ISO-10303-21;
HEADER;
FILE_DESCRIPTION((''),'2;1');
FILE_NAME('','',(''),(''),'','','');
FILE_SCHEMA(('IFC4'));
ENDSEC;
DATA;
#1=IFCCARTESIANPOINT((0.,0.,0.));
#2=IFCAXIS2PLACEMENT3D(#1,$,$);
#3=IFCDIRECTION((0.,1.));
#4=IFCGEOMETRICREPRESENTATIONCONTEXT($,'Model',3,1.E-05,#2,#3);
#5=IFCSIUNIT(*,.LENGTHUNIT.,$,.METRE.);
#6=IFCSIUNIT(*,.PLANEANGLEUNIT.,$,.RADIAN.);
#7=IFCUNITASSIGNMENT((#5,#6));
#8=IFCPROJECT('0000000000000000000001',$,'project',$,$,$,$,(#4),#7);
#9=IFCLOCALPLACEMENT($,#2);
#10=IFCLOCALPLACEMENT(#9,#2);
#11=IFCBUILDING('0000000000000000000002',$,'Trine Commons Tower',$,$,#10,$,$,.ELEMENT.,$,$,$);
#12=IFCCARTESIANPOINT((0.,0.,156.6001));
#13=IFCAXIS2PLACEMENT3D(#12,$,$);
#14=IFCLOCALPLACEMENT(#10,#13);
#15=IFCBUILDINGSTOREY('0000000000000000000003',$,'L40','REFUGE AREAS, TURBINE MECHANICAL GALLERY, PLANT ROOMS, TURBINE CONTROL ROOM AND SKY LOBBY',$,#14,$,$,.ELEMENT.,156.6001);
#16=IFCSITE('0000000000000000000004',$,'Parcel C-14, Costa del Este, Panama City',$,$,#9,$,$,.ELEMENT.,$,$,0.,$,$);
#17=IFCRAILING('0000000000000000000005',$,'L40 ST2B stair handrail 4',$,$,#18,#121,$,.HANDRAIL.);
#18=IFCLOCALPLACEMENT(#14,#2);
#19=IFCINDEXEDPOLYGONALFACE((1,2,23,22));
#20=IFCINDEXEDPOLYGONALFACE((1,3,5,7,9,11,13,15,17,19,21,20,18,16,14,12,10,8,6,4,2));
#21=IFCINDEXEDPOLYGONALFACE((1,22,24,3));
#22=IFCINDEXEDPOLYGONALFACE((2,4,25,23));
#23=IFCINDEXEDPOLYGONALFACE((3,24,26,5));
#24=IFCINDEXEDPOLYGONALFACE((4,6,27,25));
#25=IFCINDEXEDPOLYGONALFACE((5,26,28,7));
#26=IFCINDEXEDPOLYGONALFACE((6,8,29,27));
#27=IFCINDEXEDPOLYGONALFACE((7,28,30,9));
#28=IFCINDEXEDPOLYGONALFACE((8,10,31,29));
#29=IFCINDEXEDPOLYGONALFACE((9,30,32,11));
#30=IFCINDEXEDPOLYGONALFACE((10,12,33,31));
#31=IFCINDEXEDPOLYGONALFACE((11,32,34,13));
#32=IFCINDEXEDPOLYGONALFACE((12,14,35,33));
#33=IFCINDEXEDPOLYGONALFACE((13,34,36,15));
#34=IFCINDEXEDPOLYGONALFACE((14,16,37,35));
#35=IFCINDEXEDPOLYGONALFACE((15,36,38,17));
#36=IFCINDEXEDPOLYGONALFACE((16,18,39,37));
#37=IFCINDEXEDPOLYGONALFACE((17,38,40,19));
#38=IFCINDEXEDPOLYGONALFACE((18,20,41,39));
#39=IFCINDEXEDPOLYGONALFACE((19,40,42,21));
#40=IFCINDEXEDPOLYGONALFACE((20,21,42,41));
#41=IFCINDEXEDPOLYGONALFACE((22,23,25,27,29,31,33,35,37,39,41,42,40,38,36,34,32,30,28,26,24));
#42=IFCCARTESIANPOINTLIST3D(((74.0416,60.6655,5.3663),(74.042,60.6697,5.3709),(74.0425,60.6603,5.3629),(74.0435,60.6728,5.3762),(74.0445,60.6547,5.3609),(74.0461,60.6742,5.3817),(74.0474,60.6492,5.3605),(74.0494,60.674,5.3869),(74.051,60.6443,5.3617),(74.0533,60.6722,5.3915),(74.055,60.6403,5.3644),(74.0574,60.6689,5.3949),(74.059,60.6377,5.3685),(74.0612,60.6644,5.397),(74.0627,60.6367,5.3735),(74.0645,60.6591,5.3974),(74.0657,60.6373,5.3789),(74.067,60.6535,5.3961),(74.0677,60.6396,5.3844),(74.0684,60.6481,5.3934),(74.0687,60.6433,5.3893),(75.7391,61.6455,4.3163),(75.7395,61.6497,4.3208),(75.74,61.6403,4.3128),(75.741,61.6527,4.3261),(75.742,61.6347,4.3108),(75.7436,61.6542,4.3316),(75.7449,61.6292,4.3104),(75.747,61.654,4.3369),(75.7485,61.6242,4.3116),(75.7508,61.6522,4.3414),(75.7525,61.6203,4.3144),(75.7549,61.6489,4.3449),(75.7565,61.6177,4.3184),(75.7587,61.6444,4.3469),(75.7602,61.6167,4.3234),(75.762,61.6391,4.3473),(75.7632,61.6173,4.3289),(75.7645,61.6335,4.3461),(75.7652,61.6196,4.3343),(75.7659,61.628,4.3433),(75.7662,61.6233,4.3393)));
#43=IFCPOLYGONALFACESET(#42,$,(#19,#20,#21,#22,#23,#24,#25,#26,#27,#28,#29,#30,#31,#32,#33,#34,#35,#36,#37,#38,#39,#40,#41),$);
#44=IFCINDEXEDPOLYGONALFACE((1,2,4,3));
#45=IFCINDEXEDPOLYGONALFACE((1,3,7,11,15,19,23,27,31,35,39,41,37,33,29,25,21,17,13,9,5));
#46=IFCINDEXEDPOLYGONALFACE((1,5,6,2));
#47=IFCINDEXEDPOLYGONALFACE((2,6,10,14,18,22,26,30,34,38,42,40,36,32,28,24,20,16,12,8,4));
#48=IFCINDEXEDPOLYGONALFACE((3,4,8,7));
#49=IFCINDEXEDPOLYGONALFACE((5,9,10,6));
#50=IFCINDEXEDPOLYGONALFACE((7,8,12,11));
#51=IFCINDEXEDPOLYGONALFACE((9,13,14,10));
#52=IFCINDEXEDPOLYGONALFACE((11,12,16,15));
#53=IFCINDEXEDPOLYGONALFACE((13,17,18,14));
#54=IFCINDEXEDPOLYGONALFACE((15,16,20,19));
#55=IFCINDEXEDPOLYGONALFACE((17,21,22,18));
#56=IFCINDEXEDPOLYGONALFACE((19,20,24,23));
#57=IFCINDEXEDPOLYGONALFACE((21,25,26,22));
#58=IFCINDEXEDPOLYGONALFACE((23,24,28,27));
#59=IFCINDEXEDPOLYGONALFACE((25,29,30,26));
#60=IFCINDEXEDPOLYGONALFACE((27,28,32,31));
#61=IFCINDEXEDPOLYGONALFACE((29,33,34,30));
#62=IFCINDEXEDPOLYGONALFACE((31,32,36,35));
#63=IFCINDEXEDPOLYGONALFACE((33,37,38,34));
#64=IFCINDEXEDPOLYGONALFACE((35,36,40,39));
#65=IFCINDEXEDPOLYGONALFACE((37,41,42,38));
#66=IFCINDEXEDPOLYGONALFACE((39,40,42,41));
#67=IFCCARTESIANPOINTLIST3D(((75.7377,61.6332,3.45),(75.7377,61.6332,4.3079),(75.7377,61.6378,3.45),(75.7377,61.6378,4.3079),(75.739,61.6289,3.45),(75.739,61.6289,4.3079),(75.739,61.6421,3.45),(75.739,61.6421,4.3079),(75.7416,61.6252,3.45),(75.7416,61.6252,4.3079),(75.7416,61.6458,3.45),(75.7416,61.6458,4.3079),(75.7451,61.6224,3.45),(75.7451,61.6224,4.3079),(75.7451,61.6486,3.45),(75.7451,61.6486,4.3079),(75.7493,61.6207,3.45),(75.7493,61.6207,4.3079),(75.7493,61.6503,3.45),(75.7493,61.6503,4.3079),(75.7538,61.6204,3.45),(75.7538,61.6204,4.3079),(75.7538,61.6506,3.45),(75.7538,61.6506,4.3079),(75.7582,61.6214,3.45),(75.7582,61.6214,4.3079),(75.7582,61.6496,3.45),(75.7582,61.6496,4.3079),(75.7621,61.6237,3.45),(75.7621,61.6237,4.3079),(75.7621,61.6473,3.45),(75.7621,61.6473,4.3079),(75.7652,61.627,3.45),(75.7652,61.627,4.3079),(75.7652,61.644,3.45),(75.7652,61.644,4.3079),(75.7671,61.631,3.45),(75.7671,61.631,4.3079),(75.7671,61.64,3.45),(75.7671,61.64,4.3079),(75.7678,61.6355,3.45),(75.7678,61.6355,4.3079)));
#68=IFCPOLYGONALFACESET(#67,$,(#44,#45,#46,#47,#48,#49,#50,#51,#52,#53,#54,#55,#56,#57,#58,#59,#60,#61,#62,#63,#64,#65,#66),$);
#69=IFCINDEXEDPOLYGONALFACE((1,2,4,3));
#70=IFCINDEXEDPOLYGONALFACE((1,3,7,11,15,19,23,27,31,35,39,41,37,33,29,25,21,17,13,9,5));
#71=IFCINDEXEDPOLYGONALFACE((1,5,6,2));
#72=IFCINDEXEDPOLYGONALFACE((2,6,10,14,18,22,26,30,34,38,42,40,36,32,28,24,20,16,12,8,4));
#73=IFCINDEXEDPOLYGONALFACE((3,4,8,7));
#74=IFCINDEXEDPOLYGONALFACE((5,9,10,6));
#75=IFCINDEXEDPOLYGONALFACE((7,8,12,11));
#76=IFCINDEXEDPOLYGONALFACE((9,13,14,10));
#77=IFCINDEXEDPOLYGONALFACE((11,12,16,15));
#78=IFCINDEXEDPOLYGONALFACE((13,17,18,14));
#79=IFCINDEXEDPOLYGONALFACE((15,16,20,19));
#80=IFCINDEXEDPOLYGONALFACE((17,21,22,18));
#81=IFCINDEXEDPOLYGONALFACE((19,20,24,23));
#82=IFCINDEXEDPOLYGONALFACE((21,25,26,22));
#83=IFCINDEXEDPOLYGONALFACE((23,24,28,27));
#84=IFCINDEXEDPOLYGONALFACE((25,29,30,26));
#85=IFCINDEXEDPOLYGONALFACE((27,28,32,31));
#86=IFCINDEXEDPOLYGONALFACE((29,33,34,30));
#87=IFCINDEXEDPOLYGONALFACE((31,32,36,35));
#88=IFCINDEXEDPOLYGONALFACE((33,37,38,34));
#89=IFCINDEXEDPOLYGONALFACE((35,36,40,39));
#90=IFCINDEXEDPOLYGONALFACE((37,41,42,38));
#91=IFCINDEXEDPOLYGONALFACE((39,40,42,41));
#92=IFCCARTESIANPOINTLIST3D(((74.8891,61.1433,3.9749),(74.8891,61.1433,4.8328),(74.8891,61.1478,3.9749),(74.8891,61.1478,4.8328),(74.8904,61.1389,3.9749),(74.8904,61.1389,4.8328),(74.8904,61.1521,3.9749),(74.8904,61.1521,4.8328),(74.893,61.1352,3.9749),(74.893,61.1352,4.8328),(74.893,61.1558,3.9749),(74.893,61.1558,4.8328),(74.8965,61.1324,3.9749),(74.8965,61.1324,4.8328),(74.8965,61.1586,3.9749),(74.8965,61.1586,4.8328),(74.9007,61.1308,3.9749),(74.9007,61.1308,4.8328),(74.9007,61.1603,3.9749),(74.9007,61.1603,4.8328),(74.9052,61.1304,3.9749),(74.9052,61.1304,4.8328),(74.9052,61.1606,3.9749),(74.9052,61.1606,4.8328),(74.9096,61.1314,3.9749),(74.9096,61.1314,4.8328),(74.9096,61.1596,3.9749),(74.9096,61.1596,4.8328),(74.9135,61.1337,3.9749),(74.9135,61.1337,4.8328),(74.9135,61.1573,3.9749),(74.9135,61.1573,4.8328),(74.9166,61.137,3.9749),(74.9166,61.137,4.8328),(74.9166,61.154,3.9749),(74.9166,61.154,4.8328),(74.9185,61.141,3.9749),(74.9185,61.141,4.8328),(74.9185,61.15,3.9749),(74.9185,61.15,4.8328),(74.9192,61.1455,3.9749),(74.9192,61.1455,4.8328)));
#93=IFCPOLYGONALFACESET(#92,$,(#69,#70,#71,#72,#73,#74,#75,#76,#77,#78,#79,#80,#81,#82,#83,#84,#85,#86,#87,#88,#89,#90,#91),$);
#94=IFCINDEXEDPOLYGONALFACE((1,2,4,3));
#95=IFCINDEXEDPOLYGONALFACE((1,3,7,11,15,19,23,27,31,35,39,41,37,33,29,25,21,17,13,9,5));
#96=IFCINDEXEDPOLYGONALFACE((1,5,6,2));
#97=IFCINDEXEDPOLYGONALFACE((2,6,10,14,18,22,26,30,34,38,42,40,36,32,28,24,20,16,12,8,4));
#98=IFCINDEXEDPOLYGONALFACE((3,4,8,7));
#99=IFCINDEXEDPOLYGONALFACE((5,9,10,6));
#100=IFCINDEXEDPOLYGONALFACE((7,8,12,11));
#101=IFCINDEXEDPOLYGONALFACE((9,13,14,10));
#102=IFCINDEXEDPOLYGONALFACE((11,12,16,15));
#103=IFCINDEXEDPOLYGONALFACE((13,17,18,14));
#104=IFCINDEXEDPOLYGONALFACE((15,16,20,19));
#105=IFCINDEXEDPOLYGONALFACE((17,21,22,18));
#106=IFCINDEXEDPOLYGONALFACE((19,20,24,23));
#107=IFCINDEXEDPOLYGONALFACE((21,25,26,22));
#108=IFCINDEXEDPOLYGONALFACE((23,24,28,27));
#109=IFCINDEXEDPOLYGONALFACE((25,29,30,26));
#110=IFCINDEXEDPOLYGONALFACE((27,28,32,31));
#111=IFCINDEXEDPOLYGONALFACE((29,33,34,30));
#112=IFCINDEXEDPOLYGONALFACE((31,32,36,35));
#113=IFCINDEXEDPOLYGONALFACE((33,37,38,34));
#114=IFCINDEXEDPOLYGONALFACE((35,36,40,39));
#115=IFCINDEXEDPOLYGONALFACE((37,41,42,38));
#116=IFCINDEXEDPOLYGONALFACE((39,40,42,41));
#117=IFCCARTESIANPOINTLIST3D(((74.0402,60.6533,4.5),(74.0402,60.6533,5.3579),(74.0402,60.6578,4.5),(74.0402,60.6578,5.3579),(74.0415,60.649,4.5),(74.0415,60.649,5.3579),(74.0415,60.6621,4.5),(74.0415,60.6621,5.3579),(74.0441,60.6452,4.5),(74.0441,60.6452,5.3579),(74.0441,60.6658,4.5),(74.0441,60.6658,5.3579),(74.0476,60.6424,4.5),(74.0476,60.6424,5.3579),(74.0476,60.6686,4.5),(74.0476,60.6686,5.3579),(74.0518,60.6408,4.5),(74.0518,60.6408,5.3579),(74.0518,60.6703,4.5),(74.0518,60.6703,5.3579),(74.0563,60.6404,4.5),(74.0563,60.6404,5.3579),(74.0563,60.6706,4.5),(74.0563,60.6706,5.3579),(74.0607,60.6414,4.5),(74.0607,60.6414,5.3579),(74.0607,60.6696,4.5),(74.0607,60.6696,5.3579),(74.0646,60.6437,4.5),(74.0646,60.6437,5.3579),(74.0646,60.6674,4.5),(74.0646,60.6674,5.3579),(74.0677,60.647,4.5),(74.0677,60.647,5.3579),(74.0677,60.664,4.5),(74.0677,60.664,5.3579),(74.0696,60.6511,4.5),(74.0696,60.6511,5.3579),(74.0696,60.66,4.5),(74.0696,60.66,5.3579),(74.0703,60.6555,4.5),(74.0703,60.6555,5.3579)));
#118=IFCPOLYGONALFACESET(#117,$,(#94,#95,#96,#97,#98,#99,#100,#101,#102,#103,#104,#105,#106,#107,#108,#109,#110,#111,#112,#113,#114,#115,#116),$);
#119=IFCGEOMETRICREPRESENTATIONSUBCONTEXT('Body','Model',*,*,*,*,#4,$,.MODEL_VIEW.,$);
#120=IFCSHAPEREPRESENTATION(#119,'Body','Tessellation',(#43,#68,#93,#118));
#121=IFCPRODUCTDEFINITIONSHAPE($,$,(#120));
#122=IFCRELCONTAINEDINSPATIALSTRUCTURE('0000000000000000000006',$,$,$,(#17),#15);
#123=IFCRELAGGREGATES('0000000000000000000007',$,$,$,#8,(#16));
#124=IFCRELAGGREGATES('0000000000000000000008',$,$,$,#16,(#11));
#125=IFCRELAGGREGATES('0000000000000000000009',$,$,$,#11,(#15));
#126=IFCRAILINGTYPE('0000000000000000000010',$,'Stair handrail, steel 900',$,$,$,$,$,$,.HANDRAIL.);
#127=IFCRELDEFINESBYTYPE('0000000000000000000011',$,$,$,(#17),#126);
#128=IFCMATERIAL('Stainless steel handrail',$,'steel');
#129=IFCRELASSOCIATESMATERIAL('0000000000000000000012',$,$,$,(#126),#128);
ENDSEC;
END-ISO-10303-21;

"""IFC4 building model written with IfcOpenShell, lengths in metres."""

from ifc_helpers import new_model, si_unit, direction, frame, origin, origin_2d, place, context, subcontext, project, spatial, circle, extrude, material, type_object, element, save


model = new_model("IFC4")

# Units and contexts
model_context = context("Model", 3, precision=1e-05, world=origin(), true_north=direction((0.0, 1.0)))
body_context = subcontext(model_context, "Body", "Model", "MODEL_VIEW")
ifc_project = project(units=[si_unit("LENGTHUNIT", "METRE"), si_unit("PLANEANGLEUNIT", "RADIAN")], contexts=[model_context])

# Site, building, storey
site_placement = place(None, origin())
site = spatial("IfcSite", under=ifc_project, at=site_placement, Name="Parcel C-14, Costa del Este, Panama City", CompositionType="ELEMENT", RefElevation=0.0)
building_placement = place(site_placement, origin())
building = spatial("IfcBuilding", under=site, at=building_placement, Name="Trine Commons Tower", CompositionType="ELEMENT")
storey_placement = place(building_placement, frame((0.0, 0.0, 156.6001)))
storey = spatial("IfcBuildingStorey", under=building, at=storey_placement, Name="L40", Description="REFUGE AREAS, TURBINE MECHANICAL GALLERY, PLANT ROOMS, TURBINE CONTROL ROOM AND SKY LOBBY", CompositionType="ELEMENT", Elevation=156.6001)

# Railing
ifc_material_1 = material(Name="Stainless steel handrail", Category="steel")
railing_type_1 = type_object("IfcRailingType", Name="Stair handrail, steel 900", PredefinedType="HANDRAIL", material=ifc_material_1)
railing_1_placement = place(storey_placement, frame((75.7527, 61.6355, 3.45)))
element("IfcRailing", 1, at=railing_1_placement, inside=storey, type_object=railing_type_1, Name="L40 ST2B stair handrail 4", PredefinedType="HANDRAIL", context=body_context, shape_type="SweptSolid", body=[
    extrude(circle(Radius=0.021, at=origin_2d()), frame((0.0, 0.0, 0.8789), z_axis=(-0.763398, -0.440713, 0.472224), x_axis=(0.49997, -0.866042, 0.0)), (0.0, 0.0, 1.0), 2.2236),
    extrude(circle(Radius=0.0151, at=origin_2d()), origin(), (0.0, 0.0, 1.0), 0.8579),
    extrude(circle(Radius=0.0151, at=origin_2d()), frame((-0.8486, -0.49, 0.5249)), (0.0, 0.0, 1.0), 0.8579),
    extrude(circle(Radius=0.0151, at=origin_2d()), frame((-1.6975, -0.98, 1.05)), (0.0, 0.0, 1.0), 0.8579),
])

save(model, "model.ifc")
